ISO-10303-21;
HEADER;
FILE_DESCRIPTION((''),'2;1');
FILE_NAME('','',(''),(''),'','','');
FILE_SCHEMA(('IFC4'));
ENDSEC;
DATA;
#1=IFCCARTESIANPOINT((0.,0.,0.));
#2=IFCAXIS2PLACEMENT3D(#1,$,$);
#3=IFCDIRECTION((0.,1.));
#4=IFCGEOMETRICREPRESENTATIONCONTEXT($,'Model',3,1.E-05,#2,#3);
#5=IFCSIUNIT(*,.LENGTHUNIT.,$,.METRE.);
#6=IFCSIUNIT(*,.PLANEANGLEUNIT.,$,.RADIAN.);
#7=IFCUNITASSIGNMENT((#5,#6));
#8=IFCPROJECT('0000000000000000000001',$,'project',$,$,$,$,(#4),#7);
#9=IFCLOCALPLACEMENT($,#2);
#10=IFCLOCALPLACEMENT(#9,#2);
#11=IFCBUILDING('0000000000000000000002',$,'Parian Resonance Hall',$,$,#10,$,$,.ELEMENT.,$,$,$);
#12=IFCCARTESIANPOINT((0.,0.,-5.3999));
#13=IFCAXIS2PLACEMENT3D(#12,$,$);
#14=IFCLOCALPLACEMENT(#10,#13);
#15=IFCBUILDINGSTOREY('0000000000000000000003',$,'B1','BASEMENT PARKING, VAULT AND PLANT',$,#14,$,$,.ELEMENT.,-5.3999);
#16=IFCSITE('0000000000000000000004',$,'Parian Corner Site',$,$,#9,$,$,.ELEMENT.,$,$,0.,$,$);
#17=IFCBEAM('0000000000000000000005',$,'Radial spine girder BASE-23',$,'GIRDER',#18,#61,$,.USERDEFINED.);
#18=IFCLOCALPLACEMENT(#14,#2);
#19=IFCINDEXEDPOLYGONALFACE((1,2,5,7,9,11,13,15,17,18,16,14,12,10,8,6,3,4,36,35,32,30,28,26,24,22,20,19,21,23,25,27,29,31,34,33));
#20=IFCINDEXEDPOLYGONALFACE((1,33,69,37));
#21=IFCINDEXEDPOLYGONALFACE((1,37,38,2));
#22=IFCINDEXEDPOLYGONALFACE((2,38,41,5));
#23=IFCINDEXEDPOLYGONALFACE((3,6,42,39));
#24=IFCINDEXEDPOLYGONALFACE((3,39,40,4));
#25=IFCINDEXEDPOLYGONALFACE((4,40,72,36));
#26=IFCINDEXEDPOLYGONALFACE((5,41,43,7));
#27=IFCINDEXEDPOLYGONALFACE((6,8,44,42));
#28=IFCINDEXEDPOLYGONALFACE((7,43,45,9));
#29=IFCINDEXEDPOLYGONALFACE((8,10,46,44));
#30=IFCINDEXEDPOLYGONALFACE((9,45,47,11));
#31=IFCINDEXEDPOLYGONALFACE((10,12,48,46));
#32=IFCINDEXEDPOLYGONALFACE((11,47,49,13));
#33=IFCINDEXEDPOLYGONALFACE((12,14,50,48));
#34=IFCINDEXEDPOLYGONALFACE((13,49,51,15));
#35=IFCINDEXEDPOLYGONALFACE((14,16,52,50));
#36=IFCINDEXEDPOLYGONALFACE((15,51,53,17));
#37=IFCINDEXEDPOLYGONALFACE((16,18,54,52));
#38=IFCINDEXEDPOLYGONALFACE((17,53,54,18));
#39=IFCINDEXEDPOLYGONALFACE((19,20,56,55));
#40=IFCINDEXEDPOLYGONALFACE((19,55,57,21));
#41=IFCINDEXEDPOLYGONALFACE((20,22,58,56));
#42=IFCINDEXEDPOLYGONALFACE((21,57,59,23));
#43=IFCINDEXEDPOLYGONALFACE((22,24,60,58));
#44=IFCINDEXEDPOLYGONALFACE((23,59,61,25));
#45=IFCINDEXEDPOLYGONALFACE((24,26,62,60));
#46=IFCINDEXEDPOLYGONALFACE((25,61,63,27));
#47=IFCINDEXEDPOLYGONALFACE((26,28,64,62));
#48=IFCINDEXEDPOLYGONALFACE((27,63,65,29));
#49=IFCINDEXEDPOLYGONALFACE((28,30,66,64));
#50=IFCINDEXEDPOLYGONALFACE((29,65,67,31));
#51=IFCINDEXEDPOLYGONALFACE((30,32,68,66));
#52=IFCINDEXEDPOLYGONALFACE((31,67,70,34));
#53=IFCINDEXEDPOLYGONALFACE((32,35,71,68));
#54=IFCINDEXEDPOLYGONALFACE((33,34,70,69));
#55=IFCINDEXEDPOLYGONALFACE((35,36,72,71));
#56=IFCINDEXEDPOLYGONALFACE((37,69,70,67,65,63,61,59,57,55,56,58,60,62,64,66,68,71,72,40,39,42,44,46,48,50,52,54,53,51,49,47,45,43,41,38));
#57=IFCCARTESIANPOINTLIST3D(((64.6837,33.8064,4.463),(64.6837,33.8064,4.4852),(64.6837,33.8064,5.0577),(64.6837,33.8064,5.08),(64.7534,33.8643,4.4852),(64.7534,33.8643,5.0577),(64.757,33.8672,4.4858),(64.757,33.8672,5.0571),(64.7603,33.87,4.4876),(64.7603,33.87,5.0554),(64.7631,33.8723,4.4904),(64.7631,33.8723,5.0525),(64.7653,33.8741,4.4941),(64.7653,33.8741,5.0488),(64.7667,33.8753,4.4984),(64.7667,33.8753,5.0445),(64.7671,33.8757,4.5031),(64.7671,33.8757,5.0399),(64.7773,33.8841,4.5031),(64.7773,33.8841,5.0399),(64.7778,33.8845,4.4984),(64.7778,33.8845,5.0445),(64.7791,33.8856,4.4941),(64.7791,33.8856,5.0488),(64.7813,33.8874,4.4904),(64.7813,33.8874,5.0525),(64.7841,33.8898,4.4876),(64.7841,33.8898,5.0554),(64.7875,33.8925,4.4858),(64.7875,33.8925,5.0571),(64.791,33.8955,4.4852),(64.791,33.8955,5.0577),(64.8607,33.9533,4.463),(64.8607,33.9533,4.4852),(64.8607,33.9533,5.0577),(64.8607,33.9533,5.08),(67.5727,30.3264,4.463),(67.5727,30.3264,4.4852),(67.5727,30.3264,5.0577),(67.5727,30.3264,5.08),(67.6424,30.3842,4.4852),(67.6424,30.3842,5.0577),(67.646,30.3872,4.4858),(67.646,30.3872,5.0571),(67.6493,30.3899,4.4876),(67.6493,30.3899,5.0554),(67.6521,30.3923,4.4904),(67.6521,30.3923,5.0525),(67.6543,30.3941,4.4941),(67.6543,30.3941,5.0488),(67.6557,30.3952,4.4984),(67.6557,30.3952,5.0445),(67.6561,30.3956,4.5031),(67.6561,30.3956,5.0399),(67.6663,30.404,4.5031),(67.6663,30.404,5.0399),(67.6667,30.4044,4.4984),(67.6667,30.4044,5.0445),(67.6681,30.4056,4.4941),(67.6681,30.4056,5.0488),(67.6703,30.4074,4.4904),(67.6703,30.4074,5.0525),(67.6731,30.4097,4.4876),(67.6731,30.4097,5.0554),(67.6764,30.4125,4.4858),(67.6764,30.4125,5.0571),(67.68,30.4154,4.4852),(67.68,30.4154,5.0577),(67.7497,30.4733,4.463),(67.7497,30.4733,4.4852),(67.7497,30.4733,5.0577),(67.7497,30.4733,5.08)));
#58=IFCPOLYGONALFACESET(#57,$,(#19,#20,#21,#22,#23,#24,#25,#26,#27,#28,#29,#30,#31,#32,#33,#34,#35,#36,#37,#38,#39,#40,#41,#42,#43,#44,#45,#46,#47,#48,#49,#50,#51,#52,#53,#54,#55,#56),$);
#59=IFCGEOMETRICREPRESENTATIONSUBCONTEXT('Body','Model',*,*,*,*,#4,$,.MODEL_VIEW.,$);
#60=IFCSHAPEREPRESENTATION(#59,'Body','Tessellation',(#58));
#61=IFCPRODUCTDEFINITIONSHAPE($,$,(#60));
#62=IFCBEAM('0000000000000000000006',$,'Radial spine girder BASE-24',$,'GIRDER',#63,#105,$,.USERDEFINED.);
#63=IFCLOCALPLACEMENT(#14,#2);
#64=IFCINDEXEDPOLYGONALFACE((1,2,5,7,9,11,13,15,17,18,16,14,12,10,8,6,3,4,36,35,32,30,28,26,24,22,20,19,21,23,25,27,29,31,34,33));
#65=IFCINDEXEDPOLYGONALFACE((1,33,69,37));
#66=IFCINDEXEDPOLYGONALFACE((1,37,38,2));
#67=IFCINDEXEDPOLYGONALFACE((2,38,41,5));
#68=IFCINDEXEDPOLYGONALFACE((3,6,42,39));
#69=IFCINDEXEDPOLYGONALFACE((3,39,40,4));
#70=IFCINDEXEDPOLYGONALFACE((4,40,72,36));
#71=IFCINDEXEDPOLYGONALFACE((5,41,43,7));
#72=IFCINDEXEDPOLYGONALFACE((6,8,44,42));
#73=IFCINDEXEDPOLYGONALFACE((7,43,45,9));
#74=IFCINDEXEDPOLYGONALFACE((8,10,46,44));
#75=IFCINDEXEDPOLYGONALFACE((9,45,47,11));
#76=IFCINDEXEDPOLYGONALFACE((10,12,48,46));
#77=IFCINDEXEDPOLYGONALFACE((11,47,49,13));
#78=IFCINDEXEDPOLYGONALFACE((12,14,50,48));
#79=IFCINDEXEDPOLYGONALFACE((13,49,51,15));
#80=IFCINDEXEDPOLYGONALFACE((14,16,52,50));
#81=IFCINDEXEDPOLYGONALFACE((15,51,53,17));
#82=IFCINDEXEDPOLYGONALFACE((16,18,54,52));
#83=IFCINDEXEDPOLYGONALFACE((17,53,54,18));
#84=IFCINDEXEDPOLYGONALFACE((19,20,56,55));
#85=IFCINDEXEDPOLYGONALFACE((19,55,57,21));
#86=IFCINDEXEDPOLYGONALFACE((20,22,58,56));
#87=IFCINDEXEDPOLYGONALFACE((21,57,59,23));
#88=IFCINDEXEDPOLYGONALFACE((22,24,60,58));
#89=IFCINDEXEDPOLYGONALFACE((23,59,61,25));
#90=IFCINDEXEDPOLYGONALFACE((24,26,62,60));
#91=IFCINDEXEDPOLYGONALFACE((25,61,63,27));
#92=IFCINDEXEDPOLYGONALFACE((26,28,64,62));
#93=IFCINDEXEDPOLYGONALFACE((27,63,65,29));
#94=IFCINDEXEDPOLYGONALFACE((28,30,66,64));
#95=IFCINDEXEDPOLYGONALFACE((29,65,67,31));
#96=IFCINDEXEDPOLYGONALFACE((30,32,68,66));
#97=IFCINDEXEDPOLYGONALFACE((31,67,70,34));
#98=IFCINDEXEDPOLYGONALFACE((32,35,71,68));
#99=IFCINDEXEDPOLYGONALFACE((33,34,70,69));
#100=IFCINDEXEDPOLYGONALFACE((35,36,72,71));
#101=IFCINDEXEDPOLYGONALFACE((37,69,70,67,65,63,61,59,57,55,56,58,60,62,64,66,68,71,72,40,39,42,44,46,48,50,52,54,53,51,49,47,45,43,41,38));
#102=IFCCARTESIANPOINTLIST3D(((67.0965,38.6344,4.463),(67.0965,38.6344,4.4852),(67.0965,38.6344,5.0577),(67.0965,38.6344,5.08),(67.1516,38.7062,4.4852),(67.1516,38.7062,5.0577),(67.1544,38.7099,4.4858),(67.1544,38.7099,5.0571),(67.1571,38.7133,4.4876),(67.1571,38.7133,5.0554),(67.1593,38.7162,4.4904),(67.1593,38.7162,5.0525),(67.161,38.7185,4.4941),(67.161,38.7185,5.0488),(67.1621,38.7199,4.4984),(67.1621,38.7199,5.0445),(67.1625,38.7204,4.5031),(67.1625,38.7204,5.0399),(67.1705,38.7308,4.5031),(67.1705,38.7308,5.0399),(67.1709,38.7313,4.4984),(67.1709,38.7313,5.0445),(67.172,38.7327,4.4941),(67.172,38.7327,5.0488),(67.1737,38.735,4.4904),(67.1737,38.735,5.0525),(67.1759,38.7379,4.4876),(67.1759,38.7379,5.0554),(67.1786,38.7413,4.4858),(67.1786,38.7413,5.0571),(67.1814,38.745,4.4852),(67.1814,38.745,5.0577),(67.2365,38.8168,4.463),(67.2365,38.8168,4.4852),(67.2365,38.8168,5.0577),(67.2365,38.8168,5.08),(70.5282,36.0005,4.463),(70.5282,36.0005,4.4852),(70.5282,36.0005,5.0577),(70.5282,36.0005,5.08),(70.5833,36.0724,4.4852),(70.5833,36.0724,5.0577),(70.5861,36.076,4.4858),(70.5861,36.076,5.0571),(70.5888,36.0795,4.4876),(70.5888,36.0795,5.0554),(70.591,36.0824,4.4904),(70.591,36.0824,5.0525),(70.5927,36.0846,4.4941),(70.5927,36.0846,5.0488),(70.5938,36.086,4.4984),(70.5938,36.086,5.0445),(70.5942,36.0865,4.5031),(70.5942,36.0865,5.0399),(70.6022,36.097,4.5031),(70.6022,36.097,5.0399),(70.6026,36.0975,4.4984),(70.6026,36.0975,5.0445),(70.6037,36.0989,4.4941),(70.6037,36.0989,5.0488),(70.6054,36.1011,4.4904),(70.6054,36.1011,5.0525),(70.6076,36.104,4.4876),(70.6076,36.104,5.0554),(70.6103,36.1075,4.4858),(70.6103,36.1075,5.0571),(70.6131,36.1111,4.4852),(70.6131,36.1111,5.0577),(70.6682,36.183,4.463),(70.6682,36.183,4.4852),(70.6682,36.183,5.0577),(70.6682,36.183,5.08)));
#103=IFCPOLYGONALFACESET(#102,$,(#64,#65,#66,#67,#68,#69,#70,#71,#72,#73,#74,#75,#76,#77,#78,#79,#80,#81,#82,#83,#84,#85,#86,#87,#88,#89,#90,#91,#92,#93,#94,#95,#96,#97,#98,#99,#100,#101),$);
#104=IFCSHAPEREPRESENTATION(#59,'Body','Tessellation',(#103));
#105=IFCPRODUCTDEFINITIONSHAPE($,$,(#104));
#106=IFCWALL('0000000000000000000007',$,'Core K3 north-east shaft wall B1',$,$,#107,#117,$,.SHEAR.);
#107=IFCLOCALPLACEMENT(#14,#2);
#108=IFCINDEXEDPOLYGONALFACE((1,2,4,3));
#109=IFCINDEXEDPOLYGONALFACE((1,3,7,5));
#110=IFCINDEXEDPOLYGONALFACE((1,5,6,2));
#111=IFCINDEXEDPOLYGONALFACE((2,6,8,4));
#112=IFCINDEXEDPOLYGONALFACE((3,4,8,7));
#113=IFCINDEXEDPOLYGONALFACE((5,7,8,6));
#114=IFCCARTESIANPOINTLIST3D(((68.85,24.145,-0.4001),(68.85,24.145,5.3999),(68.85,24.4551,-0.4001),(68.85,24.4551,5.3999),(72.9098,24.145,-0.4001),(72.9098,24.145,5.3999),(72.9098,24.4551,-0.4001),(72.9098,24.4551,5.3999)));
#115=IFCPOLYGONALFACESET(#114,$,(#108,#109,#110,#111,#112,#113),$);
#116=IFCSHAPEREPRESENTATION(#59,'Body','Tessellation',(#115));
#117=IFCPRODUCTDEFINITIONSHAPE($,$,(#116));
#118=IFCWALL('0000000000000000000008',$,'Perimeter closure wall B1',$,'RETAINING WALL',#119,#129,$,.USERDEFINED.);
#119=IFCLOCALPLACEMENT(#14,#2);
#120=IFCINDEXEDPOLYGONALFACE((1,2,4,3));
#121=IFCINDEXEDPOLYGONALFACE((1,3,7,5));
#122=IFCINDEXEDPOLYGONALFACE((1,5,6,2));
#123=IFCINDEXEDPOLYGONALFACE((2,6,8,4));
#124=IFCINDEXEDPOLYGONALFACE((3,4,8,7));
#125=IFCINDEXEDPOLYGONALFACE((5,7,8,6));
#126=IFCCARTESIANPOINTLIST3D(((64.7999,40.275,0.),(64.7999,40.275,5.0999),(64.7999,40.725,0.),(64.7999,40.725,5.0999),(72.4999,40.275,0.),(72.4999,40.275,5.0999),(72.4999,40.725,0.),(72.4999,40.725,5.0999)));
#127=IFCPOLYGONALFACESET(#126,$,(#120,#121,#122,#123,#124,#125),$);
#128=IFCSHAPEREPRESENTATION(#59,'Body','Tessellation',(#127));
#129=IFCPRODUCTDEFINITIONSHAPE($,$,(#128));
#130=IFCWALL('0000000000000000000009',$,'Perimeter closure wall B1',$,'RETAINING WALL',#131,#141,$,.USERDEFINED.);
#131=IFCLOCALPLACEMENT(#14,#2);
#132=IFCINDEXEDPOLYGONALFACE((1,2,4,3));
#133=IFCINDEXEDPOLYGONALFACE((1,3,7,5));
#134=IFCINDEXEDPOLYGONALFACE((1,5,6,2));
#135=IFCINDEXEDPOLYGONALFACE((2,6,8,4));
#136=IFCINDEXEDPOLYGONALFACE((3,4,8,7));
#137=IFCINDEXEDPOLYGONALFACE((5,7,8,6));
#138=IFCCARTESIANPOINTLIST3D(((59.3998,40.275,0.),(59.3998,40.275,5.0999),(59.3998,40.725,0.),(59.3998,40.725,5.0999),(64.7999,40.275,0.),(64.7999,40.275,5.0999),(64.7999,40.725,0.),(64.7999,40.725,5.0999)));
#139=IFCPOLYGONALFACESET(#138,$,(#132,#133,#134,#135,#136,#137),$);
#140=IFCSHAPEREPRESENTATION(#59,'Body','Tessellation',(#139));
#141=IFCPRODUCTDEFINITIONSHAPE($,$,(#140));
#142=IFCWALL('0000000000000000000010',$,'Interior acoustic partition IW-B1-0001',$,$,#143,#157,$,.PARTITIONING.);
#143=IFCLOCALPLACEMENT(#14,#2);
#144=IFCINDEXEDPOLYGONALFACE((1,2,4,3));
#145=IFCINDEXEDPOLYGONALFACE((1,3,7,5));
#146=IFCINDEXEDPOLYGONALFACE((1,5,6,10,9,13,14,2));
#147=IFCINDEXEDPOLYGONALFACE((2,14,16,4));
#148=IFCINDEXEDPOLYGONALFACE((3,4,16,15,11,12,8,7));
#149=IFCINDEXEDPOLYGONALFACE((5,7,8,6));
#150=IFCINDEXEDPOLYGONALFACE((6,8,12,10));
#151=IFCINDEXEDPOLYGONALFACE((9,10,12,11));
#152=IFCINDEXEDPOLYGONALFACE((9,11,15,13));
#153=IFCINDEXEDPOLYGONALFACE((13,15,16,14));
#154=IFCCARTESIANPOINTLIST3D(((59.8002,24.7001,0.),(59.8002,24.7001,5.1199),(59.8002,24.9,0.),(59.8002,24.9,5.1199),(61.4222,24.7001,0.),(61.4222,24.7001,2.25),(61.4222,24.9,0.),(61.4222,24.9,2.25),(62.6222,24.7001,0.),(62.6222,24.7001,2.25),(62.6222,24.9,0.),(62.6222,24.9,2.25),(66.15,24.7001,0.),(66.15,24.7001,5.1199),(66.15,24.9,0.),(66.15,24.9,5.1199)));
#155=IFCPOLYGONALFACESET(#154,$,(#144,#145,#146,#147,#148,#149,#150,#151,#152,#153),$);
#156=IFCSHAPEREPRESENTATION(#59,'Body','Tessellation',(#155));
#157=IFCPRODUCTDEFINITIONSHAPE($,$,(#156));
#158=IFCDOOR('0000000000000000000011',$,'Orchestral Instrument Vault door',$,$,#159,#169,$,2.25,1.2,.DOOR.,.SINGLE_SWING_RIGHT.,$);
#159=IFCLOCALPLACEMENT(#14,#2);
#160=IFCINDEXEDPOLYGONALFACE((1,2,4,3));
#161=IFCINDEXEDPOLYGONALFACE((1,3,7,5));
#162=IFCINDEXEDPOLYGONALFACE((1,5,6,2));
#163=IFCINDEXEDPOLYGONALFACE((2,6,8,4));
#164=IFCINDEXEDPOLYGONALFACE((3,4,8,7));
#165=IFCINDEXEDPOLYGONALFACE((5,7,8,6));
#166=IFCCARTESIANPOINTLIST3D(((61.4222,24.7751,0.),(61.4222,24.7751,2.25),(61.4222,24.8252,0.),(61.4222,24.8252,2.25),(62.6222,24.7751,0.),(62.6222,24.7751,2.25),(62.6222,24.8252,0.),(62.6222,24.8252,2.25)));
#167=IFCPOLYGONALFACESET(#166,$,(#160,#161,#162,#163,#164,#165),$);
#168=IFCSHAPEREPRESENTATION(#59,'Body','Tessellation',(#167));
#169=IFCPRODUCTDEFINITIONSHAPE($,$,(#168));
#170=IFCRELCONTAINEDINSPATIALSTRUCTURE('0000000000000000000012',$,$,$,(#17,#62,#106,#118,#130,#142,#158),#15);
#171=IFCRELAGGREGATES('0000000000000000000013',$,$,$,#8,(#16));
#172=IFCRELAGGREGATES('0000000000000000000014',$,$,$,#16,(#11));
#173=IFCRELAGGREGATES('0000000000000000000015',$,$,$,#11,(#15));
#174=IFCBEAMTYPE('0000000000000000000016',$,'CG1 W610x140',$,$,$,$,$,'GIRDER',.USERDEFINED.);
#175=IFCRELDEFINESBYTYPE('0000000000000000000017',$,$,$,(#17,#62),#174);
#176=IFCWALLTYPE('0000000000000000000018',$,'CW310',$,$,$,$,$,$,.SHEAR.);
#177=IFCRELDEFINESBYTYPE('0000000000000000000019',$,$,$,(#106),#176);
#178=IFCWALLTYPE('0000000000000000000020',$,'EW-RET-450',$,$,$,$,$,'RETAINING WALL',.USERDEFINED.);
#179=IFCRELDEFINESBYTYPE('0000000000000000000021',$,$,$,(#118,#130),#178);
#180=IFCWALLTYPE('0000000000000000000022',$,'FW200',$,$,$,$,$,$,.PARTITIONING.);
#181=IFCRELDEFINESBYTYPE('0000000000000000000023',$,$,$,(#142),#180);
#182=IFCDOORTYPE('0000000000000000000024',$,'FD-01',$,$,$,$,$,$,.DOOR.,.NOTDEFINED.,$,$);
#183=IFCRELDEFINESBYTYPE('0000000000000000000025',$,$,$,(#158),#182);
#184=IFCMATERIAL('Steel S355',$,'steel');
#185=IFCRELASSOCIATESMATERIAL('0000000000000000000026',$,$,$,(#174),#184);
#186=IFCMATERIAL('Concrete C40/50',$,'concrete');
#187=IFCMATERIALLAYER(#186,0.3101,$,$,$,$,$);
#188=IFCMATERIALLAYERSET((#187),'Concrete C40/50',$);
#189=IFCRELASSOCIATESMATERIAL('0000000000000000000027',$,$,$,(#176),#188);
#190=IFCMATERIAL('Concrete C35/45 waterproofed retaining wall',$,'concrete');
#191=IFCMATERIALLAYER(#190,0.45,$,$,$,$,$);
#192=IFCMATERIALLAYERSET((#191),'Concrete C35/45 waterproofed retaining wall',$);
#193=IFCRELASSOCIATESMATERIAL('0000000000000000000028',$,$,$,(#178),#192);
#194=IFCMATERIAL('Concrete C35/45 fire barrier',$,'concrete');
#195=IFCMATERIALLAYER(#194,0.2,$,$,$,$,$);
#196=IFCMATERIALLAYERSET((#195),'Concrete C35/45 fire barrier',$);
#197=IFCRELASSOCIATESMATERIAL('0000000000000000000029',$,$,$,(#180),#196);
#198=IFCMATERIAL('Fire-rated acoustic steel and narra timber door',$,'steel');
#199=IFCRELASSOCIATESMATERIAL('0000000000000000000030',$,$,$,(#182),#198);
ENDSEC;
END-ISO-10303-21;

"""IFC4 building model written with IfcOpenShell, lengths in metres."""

from ifc_helpers import new_model, si_unit, direction, frame, frame_2d, origin, origin_2d, place, context, subcontext, project, spatial, rectangle, i_section, extrude, material, layer, layer_set, material_profile, profile_set, type_object, element, fill, save


model = new_model("IFC4")

# Units and contexts
model_context = context("Model", 3, precision=1e-05, world=origin(), true_north=direction((0.0, 1.0)))
body_context = subcontext(model_context, "Body", "Model", "MODEL_VIEW")
ifc_project = project(units=[si_unit("LENGTHUNIT", "METRE"), si_unit("PLANEANGLEUNIT", "RADIAN")], contexts=[model_context])

# Site, building, storey
site_placement = place(None, origin())
site = spatial("IfcSite", under=ifc_project, at=site_placement, Name="Parian Corner Site", CompositionType="ELEMENT", RefElevation=0.0)
building_placement = place(site_placement, origin())
building = spatial("IfcBuilding", under=site, at=building_placement, Name="Parian Resonance Hall", CompositionType="ELEMENT")
storey_placement = place(building_placement, frame((0.0, 0.0, -5.3999)))
storey = spatial("IfcBuildingStorey", under=building, at=storey_placement, Name="B1", Description="BASEMENT PARKING, VAULT AND PLANT", CompositionType="ELEMENT", Elevation=-5.3999)

# Beams
ifc_material_1 = material(Name="Steel S355", Category="steel")
ifc_material_profile_1 = material_profile(ifc_material_1, i_section(OverallWidth=0.23, OverallDepth=0.6169, WebThickness=0.0132, FlangeThickness=0.0222, FilletRadius=0.0178, at=origin_2d()), Name="W610x140")
ifc_profile_set_1 = profile_set([ifc_material_profile_1], Name="Steel S355")
beam_type_1 = type_object("IfcBeamType", Name="CG1 W610x140", ElementType="GIRDER", PredefinedType="USERDEFINED", material=ifc_profile_set_1)
beam_1_placement = place(storey_placement, frame((64.7722, 33.8799, 4.7715), z_axis=(0.638739, -0.769423, 0.0), x_axis=(0.769423, 0.638739, 0.0)))
element("IfcBeam", 1, at=beam_1_placement, inside=storey, type_object=beam_type_1, Name="Radial spine girder BASE-23", ObjectType="GIRDER", PredefinedType="USERDEFINED", context=body_context, shape_type="SweptSolid", body=[
    extrude(i_section(OverallWidth=0.23, OverallDepth=0.6169, WebThickness=0.0132, FlangeThickness=0.0222, FilletRadius=0.0178, at=origin_2d()), origin(), (0.0, 0.0, 1.0), 4.5229),
])
beam_2_placement = place(storey_placement, frame((67.1665, 38.7256, 4.7715), z_axis=(0.793287, -0.608849, 0.0), x_axis=(0.608849, 0.793287, 0.0)))
element("IfcBeam", 2, at=beam_2_placement, inside=storey, type_object=beam_type_1, Name="Radial spine girder BASE-24", ObjectType="GIRDER", PredefinedType="USERDEFINED", context=body_context, shape_type="SweptSolid", body=[
    extrude(i_section(OverallWidth=0.23, OverallDepth=0.6169, WebThickness=0.0132, FlangeThickness=0.0222, FilletRadius=0.0178, at=origin_2d()), origin(), (0.0, 0.0, 1.0), 4.3259),
])

# Walls
ifc_material_2 = material(Name="Concrete C40/50", Category="concrete")
ifc_layer_1 = layer(ifc_material_2, 0.3101)
ifc_layer_set_1 = layer_set([ifc_layer_1], Name="Concrete C40/50")
wall_type_1 = type_object("IfcWallType", Name="CW310", PredefinedType="SHEAR", material=ifc_layer_set_1)
wall_1_placement = place(storey_placement, frame((68.8501, 24.3, -0.4001), z_axis=(0.0, 0.0, 1.0), x_axis=(1.0, 0.0, 0.0)))
element("IfcWall", 3, at=wall_1_placement, inside=storey, type_object=wall_type_1, Name="Core K3 north-east shaft wall B1", PredefinedType="SHEAR", context=body_context, shape_type="SweptSolid", body=[
    extrude(rectangle(XDim=4.0598, YDim=0.3101, at=frame_2d((2.0298, 0.0))), origin(), (0.0, 0.0, 1.0), 5.8),
])
ifc_material_3 = material(Name="Concrete C35/45 waterproofed retaining wall", Category="concrete")
ifc_layer_2 = layer(ifc_material_3, 0.45)
ifc_layer_set_2 = layer_set([ifc_layer_2], Name="Concrete C35/45 waterproofed retaining wall")
wall_type_2 = type_object("IfcWallType", Name="EW-RET-450", ElementType="RETAINING WALL", PredefinedType="USERDEFINED", material=ifc_layer_set_2)
wall_2_placement = place(storey_placement, frame((72.5, 40.5, 0.0), z_axis=(0.0, 0.0, 1.0), x_axis=(-1.0, 0.0, 0.0)))
element("IfcWall", 4, at=wall_2_placement, inside=storey, type_object=wall_type_2, Name="Perimeter closure wall B1", ObjectType="RETAINING WALL", PredefinedType="USERDEFINED", context=body_context, shape_type="SweptSolid", body=[
    extrude(rectangle(XDim=7.7, YDim=0.45, at=frame_2d((3.8501, 0.0))), origin(), (0.0, 0.0, 1.0), 5.0999),
])
wall_3_placement = place(storey_placement, frame((64.8, 40.5, 0.0), z_axis=(0.0, 0.0, 1.0), x_axis=(-1.0, 0.0, 0.0)))
element("IfcWall", 5, at=wall_3_placement, inside=storey, type_object=wall_type_2, Name="Perimeter closure wall B1", ObjectType="RETAINING WALL", PredefinedType="USERDEFINED", context=body_context, shape_type="SweptSolid", body=[
    extrude(rectangle(XDim=5.4001, YDim=0.45, at=frame_2d((2.7002, 0.0))), origin(), (0.0, 0.0, 1.0), 5.0999),
])

# Wall, opening, door
ifc_material_4 = material(Name="Concrete C35/45 fire barrier", Category="concrete")
ifc_layer_3 = layer(ifc_material_4, 0.2)
ifc_layer_set_3 = layer_set([ifc_layer_3], Name="Concrete C35/45 fire barrier")
wall_type_3 = type_object("IfcWallType", Name="FW200", PredefinedType="PARTITIONING", material=ifc_layer_set_3)
wall_4_placement = place(storey_placement, frame((66.1499, 24.8, 0.0), z_axis=(0.0, 0.0, 1.0), x_axis=(-1.0, 0.0, 0.0)))
wall_4 = element("IfcWall", 6, at=wall_4_placement, inside=storey, type_object=wall_type_3, Name="Interior acoustic partition IW-B1-0001", PredefinedType="PARTITIONING", context=body_context, shape_type="SweptSolid", body=[
    extrude(rectangle(XDim=6.3499, YDim=0.2, at=frame_2d((3.1748, 0.0))), origin(), (0.0, 0.0, 1.0), 5.1199),
])
opening_placement = place(wall_4_placement, frame((3.5276, 0.0, 0.0)))
opening = element("IfcOpeningElement", 7, at=opening_placement, cuts=wall_4, PredefinedType="OPENING", context=body_context, shape_type="SweptSolid", body=[
    extrude(rectangle(XDim=1.2, YDim=2.25, at=frame_2d((0.6001, 1.125))), frame((0.0, 0.1099, 0.0), z_axis=(0.0, -1.0, 0.0), x_axis=(1.0, 0.0, 0.0)), (0.0, 0.0, 1.0), 0.22),
])
ifc_material_5 = material(Name="Fire-rated acoustic steel and narra timber door", Category="steel")
door_type = type_object("IfcDoorType", Name="FD-01", OperationType="NOTDEFINED", PredefinedType="DOOR", material=ifc_material_5)
door_placement = place(opening_placement, origin())
door = element("IfcDoor", 8, at=door_placement, inside=storey, type_object=door_type, Name="Orchestral Instrument Vault door", OperationType="SINGLE_SWING_RIGHT", OverallHeight=2.25, OverallWidth=1.2, PredefinedType="DOOR", context=body_context, shape_type="SweptSolid", body=[
    extrude(rectangle(XDim=1.2, YDim=2.25, at=frame_2d((0.6001, 1.125))), frame((0.0, 0.0249, 0.0), z_axis=(0.0, -1.0, 0.0), x_axis=(1.0, 0.0, 0.0)), (0.0, 0.0, 1.0), 0.05),
])
fill(opening, door)

save(model, "model.ifc")
